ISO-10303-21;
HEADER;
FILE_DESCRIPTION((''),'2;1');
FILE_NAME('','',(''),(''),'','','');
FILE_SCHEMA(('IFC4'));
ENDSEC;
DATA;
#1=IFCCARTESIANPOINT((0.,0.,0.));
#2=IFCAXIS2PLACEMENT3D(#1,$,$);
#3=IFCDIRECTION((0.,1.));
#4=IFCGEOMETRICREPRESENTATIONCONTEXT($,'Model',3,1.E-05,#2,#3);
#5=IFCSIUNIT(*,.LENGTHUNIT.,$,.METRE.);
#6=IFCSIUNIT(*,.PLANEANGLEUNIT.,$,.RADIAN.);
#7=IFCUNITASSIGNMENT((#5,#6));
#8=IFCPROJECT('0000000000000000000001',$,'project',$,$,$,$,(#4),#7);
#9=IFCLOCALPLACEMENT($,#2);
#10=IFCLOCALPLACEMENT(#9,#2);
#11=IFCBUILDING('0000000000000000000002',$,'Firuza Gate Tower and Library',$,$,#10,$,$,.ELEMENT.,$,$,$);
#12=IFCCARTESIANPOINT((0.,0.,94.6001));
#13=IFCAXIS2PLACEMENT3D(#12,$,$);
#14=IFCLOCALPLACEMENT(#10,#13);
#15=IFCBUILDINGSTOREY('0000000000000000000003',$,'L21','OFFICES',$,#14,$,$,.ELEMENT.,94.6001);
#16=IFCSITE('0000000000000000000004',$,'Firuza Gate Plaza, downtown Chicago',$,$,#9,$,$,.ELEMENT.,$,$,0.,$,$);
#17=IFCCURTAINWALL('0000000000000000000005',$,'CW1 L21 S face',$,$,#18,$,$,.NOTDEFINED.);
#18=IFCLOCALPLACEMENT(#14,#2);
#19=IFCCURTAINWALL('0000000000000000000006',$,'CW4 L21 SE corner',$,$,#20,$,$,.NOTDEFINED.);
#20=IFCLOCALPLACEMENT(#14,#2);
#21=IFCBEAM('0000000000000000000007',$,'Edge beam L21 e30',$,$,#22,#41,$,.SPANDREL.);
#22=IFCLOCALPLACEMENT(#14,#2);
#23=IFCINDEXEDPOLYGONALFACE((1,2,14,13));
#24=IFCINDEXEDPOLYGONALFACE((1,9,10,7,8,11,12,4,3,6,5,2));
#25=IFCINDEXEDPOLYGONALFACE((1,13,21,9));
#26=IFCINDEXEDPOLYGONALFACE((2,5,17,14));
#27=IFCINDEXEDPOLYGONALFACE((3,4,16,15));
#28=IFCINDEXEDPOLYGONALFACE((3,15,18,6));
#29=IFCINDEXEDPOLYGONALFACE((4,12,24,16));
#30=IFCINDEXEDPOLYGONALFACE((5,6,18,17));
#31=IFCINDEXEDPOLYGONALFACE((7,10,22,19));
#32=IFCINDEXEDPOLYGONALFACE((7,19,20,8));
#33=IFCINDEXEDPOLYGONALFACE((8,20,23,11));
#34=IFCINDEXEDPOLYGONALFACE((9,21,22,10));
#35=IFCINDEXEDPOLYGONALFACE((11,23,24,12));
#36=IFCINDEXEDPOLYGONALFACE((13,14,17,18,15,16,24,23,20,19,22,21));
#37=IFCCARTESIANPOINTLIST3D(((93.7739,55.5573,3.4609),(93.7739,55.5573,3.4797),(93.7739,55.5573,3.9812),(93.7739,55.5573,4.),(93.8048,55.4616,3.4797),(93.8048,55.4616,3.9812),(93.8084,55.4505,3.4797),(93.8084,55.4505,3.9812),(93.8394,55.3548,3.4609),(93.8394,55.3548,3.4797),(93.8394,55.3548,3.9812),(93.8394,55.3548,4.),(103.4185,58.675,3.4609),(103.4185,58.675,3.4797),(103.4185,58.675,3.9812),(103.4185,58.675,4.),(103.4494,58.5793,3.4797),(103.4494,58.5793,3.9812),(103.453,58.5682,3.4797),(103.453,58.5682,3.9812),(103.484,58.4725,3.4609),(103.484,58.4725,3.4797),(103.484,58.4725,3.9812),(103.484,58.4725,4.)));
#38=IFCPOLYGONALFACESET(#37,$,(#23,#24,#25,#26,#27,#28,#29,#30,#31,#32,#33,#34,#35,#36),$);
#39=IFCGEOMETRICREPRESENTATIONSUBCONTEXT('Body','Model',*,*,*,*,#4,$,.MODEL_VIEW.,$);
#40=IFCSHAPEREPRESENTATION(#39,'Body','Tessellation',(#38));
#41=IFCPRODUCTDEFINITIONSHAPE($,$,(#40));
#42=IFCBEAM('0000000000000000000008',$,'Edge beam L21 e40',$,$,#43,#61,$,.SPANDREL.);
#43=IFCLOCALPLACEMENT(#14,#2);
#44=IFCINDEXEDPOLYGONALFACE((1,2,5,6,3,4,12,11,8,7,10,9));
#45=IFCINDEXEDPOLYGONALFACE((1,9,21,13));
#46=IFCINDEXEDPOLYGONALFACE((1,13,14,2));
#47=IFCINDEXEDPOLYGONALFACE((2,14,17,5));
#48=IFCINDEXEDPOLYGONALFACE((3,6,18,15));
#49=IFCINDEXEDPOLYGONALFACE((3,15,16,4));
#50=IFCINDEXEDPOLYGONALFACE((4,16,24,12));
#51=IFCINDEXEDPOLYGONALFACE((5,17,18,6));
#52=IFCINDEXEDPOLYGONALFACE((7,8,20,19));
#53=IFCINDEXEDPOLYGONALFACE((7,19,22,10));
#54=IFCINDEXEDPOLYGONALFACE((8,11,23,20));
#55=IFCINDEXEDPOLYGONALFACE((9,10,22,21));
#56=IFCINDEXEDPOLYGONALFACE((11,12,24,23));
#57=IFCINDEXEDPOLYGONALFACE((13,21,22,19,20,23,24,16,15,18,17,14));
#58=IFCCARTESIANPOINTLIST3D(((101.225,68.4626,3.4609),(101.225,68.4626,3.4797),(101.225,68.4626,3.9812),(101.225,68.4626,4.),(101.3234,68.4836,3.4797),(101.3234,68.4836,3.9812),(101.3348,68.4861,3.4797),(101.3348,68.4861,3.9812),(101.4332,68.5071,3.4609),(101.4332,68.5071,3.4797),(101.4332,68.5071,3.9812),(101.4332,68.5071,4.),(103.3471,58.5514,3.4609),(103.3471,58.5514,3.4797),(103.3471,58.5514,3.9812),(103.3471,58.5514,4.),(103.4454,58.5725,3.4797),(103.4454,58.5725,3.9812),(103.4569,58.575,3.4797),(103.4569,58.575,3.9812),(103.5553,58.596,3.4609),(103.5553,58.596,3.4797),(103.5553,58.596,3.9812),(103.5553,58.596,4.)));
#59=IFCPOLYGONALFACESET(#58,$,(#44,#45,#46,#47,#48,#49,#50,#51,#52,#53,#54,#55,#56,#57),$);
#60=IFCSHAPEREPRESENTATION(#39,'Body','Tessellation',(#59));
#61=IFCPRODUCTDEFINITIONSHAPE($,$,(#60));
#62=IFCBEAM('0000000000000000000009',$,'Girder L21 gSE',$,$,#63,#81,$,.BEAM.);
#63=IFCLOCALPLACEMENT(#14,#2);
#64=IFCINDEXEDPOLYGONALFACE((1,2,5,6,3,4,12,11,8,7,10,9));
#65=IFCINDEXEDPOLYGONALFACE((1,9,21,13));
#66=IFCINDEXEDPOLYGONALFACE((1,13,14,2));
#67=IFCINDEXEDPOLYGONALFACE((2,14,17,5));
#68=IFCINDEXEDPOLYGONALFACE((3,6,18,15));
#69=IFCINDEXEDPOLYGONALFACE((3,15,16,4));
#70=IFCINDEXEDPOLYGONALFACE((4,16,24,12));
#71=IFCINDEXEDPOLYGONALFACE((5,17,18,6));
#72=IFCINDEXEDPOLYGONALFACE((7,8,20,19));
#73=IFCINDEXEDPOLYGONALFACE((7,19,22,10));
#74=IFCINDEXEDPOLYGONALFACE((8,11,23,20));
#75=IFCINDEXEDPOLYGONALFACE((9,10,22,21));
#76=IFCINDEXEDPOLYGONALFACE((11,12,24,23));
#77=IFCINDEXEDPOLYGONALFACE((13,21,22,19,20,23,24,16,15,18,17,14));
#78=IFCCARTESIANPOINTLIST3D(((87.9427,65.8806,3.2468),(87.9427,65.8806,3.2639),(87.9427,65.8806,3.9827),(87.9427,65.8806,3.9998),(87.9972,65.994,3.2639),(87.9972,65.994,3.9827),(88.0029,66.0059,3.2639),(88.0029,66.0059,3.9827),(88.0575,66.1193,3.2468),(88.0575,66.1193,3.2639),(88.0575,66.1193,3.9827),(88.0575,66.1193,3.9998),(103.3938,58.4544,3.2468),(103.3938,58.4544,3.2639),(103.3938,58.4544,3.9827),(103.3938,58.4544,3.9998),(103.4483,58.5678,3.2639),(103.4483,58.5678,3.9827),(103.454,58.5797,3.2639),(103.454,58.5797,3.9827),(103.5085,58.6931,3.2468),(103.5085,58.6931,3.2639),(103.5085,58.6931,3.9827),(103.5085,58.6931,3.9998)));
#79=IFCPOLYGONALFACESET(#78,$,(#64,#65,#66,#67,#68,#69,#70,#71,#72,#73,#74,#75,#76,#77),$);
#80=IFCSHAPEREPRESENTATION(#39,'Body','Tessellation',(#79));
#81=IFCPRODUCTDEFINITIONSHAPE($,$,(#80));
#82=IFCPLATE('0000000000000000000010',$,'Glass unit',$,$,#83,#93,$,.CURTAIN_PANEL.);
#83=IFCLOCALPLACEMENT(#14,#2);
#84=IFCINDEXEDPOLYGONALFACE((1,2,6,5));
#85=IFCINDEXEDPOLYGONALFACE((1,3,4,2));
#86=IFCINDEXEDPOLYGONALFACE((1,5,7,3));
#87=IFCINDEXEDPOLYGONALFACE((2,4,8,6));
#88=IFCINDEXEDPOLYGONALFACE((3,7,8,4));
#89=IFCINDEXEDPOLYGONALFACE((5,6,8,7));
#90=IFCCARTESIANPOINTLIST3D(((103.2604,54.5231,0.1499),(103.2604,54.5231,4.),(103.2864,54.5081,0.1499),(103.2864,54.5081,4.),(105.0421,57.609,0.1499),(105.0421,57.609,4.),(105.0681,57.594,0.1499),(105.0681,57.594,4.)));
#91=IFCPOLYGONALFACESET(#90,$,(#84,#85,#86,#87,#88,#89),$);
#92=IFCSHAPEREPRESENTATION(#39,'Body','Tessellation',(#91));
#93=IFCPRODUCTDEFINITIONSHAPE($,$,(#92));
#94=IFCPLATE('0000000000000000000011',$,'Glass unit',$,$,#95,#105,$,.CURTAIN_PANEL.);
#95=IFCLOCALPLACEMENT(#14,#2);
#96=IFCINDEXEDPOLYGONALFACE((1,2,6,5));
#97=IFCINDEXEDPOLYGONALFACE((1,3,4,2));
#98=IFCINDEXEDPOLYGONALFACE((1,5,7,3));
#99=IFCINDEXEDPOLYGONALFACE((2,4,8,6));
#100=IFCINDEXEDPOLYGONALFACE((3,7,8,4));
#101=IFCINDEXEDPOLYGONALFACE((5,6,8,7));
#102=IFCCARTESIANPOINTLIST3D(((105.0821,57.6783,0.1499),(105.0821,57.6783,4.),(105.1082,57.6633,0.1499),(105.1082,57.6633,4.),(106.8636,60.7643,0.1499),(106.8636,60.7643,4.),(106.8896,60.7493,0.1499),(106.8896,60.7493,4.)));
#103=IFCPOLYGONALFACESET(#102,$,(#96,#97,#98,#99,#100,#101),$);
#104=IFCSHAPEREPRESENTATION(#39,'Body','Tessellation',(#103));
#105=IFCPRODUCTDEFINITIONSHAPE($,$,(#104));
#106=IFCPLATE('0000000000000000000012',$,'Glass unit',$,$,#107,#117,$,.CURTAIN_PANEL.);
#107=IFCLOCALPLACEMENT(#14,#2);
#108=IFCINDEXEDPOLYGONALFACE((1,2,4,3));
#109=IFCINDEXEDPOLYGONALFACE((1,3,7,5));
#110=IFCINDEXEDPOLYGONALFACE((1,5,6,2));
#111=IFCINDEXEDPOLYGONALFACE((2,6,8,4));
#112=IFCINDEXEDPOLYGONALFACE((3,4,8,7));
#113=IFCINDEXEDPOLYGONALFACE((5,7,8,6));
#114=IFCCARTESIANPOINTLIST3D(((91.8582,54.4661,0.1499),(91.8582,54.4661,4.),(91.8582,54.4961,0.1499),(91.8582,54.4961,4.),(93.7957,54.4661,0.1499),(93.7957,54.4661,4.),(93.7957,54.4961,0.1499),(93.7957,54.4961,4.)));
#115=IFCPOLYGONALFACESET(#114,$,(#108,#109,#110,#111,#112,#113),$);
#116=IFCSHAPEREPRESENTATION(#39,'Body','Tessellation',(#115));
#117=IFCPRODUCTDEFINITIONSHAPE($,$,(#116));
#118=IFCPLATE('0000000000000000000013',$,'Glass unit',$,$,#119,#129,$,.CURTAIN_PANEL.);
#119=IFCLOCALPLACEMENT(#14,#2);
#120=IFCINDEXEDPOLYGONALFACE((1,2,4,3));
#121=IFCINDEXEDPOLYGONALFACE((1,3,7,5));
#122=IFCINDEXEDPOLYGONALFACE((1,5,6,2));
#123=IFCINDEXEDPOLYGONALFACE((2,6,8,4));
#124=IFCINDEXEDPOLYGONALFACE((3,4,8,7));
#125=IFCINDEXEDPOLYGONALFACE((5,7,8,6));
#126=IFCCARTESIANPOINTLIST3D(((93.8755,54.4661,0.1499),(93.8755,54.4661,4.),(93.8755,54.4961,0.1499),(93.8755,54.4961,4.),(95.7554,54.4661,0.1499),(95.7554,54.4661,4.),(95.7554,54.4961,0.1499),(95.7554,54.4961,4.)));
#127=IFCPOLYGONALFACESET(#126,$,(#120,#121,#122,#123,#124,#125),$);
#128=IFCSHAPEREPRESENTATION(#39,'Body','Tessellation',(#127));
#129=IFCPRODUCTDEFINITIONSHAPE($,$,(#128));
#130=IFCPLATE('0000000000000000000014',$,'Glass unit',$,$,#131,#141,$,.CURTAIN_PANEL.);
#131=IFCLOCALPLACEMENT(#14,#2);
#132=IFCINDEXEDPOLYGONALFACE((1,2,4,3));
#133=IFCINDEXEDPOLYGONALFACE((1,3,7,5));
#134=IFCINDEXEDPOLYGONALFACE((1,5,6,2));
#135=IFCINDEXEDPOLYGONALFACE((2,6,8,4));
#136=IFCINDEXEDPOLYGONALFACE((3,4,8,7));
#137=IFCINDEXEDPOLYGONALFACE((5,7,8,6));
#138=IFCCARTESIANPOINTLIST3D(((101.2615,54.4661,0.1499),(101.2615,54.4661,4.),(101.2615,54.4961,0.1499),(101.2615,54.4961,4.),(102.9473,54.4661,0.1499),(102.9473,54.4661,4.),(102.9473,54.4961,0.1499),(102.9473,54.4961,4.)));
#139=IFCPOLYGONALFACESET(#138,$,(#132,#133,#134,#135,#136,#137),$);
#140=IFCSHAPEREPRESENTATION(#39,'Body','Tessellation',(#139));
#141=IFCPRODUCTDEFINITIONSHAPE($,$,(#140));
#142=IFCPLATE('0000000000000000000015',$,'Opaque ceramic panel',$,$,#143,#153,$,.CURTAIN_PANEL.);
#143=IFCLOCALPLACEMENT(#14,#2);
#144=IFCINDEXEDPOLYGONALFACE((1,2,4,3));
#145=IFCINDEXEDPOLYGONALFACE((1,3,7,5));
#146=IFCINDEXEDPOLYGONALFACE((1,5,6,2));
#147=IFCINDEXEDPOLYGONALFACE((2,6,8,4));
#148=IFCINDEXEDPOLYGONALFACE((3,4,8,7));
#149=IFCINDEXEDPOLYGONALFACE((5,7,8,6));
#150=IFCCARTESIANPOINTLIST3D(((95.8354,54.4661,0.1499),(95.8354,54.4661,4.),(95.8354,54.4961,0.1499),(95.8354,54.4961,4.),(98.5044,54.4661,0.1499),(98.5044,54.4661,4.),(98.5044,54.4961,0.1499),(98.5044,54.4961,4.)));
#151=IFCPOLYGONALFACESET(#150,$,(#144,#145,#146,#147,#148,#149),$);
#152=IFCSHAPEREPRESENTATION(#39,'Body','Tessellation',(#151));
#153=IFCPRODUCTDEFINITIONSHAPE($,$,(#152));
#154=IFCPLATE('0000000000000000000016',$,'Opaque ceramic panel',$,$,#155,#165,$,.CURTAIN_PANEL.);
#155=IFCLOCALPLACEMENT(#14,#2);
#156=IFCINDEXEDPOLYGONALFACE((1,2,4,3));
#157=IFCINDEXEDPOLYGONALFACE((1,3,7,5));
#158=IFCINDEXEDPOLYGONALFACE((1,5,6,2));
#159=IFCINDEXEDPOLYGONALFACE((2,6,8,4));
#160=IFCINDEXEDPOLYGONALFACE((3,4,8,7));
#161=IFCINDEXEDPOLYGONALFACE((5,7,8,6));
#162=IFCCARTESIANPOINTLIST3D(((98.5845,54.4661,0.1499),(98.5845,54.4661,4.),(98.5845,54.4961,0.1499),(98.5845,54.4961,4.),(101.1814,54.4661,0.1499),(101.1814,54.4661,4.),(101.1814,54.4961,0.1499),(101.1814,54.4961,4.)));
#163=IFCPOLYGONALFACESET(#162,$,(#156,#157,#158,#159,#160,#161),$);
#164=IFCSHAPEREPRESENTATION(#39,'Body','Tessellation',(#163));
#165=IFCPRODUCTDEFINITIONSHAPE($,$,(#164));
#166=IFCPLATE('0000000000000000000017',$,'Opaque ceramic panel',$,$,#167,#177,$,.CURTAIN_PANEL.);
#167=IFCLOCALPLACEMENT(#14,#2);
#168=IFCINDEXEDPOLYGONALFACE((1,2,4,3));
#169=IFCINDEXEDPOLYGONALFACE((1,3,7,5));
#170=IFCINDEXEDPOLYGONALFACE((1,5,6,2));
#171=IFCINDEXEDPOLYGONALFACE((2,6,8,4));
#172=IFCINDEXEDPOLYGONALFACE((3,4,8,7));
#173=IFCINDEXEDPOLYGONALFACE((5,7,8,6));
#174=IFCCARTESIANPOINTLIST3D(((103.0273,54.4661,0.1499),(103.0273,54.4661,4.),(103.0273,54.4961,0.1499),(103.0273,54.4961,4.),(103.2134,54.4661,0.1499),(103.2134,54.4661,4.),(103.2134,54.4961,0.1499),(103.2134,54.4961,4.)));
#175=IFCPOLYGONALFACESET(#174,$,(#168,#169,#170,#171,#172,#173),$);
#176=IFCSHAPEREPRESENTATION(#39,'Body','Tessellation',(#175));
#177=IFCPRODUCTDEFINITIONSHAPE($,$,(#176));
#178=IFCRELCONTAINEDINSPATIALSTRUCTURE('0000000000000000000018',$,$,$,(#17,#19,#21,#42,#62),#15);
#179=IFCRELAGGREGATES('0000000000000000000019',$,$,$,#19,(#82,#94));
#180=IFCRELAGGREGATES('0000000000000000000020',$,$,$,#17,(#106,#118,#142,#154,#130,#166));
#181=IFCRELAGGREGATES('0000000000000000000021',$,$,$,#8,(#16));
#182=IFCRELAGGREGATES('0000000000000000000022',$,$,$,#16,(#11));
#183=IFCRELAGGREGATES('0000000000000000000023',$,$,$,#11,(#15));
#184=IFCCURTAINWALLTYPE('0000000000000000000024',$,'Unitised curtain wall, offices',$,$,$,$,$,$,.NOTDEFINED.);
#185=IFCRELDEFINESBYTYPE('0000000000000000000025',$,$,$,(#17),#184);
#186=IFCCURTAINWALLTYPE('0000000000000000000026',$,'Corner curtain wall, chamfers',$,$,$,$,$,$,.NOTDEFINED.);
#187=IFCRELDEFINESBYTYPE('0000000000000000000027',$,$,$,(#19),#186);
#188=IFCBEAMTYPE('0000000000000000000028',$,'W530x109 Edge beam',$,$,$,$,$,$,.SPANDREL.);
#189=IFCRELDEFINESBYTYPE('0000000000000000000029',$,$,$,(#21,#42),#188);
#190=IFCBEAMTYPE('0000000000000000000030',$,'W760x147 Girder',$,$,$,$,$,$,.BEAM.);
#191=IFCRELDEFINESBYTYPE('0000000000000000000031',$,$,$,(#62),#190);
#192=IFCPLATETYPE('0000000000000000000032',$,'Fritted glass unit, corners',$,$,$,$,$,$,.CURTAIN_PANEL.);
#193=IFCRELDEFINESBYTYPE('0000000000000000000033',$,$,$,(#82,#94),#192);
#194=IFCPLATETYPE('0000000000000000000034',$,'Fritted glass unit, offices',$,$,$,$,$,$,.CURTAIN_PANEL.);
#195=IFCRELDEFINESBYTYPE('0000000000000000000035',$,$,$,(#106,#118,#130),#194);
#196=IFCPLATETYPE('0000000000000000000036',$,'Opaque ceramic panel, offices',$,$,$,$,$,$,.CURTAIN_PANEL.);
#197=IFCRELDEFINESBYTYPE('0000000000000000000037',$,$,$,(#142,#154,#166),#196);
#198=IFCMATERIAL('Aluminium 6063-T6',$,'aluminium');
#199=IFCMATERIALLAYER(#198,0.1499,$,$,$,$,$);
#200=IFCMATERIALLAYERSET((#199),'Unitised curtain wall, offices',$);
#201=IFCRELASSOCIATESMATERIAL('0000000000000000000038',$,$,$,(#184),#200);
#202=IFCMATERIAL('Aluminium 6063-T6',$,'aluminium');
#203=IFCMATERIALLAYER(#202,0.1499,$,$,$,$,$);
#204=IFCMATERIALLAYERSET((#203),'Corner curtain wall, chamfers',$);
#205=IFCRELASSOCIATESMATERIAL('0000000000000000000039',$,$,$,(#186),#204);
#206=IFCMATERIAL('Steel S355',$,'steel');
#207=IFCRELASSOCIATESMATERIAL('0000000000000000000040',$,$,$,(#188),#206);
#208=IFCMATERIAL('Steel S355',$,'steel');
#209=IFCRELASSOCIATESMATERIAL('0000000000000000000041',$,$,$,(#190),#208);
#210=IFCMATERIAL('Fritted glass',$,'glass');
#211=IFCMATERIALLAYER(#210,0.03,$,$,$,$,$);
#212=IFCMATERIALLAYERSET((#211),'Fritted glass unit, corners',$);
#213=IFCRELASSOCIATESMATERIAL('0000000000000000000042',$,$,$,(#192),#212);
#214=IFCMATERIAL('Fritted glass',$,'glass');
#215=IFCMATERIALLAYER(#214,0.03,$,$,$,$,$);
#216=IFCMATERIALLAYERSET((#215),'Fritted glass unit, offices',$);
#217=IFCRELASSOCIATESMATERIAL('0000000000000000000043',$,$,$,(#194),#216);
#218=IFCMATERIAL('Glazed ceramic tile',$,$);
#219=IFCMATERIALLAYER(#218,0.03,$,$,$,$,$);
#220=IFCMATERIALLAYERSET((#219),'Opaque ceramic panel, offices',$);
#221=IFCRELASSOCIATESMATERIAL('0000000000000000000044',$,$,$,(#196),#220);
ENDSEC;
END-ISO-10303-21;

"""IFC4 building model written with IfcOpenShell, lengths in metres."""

from ifc_helpers import new_model, si_unit, direction, frame, origin, origin_2d, place, context, subcontext, project, spatial, polyline, i_section, outline, extrude, material, layer, layer_set, material_profile, profile_set, type_object, element, aggregate, save


model = new_model("IFC4")

# Units and contexts
model_context = context("Model", 3, precision=1e-05, world=origin(), true_north=direction((0.0, 1.0)))
body_context = subcontext(model_context, "Body", "Model", "MODEL_VIEW")
ifc_project = project(units=[si_unit("LENGTHUNIT", "METRE"), si_unit("PLANEANGLEUNIT", "RADIAN")], contexts=[model_context])

# Site, building, storey
site_placement = place(None, origin())
site = spatial("IfcSite", under=ifc_project, at=site_placement, Name="Firuza Gate Plaza, downtown Chicago", CompositionType="ELEMENT", RefElevation=0.0)
building_placement = place(site_placement, origin())
building = spatial("IfcBuilding", under=site, at=building_placement, Name="Firuza Gate Tower and Library", CompositionType="ELEMENT")
storey_placement = place(building_placement, frame((0.0, 0.0, 94.6001)))
storey = spatial("IfcBuildingStorey", under=building, at=storey_placement, Name="L21", Description="OFFICES", CompositionType="ELEMENT", Elevation=94.6001)

# Curtain walls
ifc_material_1 = material(Name="Aluminium 6063-T6", Category="aluminium")
ifc_layer_1 = layer(ifc_material_1, 0.1499)
ifc_layer_set_1 = layer_set([ifc_layer_1], Name="Unitised curtain wall, offices")
curtain_wall_type_1 = type_object("IfcCurtainWallType", Name="Unitised curtain wall, offices", PredefinedType="NOTDEFINED", material=ifc_layer_set_1)
placement = place(storey_placement, origin())
curtain_wall_1 = element("IfcCurtainWall", 1, at=placement, inside=storey, type_object=curtain_wall_type_1, Name="CW1 L21 S face", PredefinedType="NOTDEFINED")
ifc_material_2 = material(Name="Aluminium 6063-T6", Category="aluminium")
ifc_layer_2 = layer(ifc_material_2, 0.1499)
ifc_layer_set_2 = layer_set([ifc_layer_2], Name="Corner curtain wall, chamfers")
curtain_wall_type_2 = type_object("IfcCurtainWallType", Name="Corner curtain wall, chamfers", PredefinedType="NOTDEFINED", material=ifc_layer_set_2)
curtain_wall_2 = element("IfcCurtainWall", 2, at=placement, inside=storey, type_object=curtain_wall_type_2, Name="CW4 L21 SE corner", PredefinedType="NOTDEFINED")

# Beams
ifc_material_3 = material(Name="Steel S355", Category="steel")
ifc_material_profile_1 = material_profile(ifc_material_3, i_section(OverallWidth=0.2129, OverallDepth=0.5391, WebThickness=0.0117, FlangeThickness=0.0188, at=origin_2d()))
ifc_profile_set_1 = profile_set([ifc_material_profile_1], Name="Steel S355")
beam_type_1 = type_object("IfcBeamType", Name="W530x109 Edge beam", PredefinedType="SPANDREL", material=ifc_profile_set_1)
beam_1_placement = place(storey_placement, frame((93.8066, 55.4561, 3.7305), z_axis=(0.95152, 0.307587, 0.0), x_axis=(-0.307587, 0.95152, 0.0)))
element("IfcBeam", 3, at=beam_1_placement, inside=storey, type_object=beam_type_1, Name="Edge beam L21 e30", PredefinedType="SPANDREL", context=body_context, shape_type="SweptSolid", body=[
    extrude(i_section(OverallWidth=0.2129, OverallDepth=0.5391, WebThickness=0.0117, FlangeThickness=0.0188, at=origin_2d()), origin(), (0.0, 0.0, 1.0), 10.136),
])
beam_2_placement = place(storey_placement, frame((103.4512, 58.5737, 3.7305), z_axis=(-0.209365, 0.977838, 0.0), x_axis=(-0.977838, -0.209365, 0.0)))
element("IfcBeam", 4, at=beam_2_placement, inside=storey, type_object=beam_type_1, Name="Edge beam L21 e40", PredefinedType="SPANDREL", context=body_context, shape_type="SweptSolid", body=[
    extrude(i_section(OverallWidth=0.2129, OverallDepth=0.5391, WebThickness=0.0117, FlangeThickness=0.0188, at=origin_2d()), origin(), (0.0, 0.0, 1.0), 10.1357),
])
ifc_material_4 = material(Name="Steel S355", Category="steel")
ifc_material_profile_2 = material_profile(ifc_material_4, i_section(OverallWidth=0.2649, OverallDepth=0.7529, WebThickness=0.0132, FlangeThickness=0.0171, at=origin_2d()))
ifc_profile_set_2 = profile_set([ifc_material_profile_2], Name="Steel S355")
beam_type_2 = type_object("IfcBeamType", Name="W760x147 Girder", PredefinedType="BEAM", material=ifc_profile_set_2)
beam_3_placement = place(storey_placement, frame((103.4512, 58.5737, 3.6233), z_axis=(-0.901302, 0.433191, 0.0), x_axis=(-0.433191, -0.901302, 0.0)))
element("IfcBeam", 5, at=beam_3_placement, inside=storey, type_object=beam_type_2, Name="Girder L21 gSE", PredefinedType="BEAM", context=body_context, shape_type="SweptSolid", body=[
    extrude(i_section(OverallWidth=0.2649, OverallDepth=0.7529, WebThickness=0.0132, FlangeThickness=0.0171, at=origin_2d()), origin(), (0.0, 0.0, 1.0), 17.1431),
])

# Plates
ifc_material_5 = material(Name="Fritted glass", Category="glass")
ifc_layer_3 = layer(ifc_material_5, 0.03)
ifc_layer_set_3 = layer_set([ifc_layer_3], Name="Fritted glass unit, corners")
plate_type_1 = type_object("IfcPlateType", Name="Fritted glass unit, corners", PredefinedType="CURTAIN_PANEL", material=ifc_layer_set_3)
plate_1_placement = place(storey_placement, frame((103.2864, 54.5081, 0.1499), z_axis=(0.866017, -0.500015, 0.0), x_axis=(0.500015, 0.866017, 0.0)))
plate_1 = element("IfcPlate", 6, at=plate_1_placement, type_object=plate_type_1, Name="Glass unit", PredefinedType="CURTAIN_PANEL", context=body_context, shape_type="SweptSolid", body=[
    extrude(outline(polyline([(0.0, 0.0), (3.5634, 0.0), (3.5634, 3.8501), (0.0, 3.8501), (0.0, 0.0)])), origin(), (0.0, 0.0, -1.0), 0.03),
])
plate_2_placement = place(storey_placement, frame((105.1082, 57.6633, 0.1499), z_axis=(0.866046, -0.499964, 0.0), x_axis=(0.499964, 0.866046, 0.0)))
plate_2 = element("IfcPlate", 7, at=plate_2_placement, type_object=plate_type_1, Name="Glass unit", PredefinedType="CURTAIN_PANEL", context=body_context, shape_type="SweptSolid", body=[
    extrude(outline(polyline([(0.0, 0.0), (3.5632, 0.0), (3.5632, 3.8501), (0.0, 3.8501), (0.0, 0.0)])), origin(), (0.0, 0.0, -1.0), 0.03),
])
aggregate(curtain_wall_2, [plate_1, plate_2])
ifc_material_6 = material(Name="Fritted glass", Category="glass")
ifc_layer_4 = layer(ifc_material_6, 0.03)
ifc_layer_set_4 = layer_set([ifc_layer_4], Name="Fritted glass unit, offices")
plate_type_2 = type_object("IfcPlateType", Name="Fritted glass unit, offices", PredefinedType="CURTAIN_PANEL", material=ifc_layer_set_4)
plate_3_placement = place(storey_placement, frame((91.8582, 54.4661, 0.1499), z_axis=(0.0, -1.0, 0.0), x_axis=(1.0, 0.0, 0.0)))
plate_3 = element("IfcPlate", 8, at=plate_3_placement, type_object=plate_type_2, Name="Glass unit", PredefinedType="CURTAIN_PANEL", context=body_context, shape_type="SweptSolid", body=[
    extrude(outline(polyline([(0.0, 0.0), (1.9375, 0.0), (1.9375, 3.8501), (0.0, 3.8501), (0.0, 0.0)])), origin(), (0.0, 0.0, -1.0), 0.03),
])
plate_4_placement = place(storey_placement, frame((93.8755, 54.4661, 0.1499), z_axis=(0.0, -1.0, 0.0), x_axis=(1.0, 0.0, 0.0)))
plate_4 = element("IfcPlate", 9, at=plate_4_placement, type_object=plate_type_2, Name="Glass unit", PredefinedType="CURTAIN_PANEL", context=body_context, shape_type="SweptSolid", body=[
    extrude(outline(polyline([(0.0, 0.0), (1.8799, 0.0), (1.8799, 3.8501), (0.0, 3.8501), (0.0, 0.0)])), origin(), (0.0, 0.0, -1.0), 0.03),
])
plate_5_placement = place(storey_placement, frame((101.2615, 54.4661, 0.1499), z_axis=(0.0, -1.0, 0.0), x_axis=(1.0, 0.0, 0.0)))
plate_5 = element("IfcPlate", 10, at=plate_5_placement, type_object=plate_type_2, Name="Glass unit", PredefinedType="CURTAIN_PANEL", context=body_context, shape_type="SweptSolid", body=[
    extrude(outline(polyline([(0.0, 0.0), (1.6858, 0.0), (1.6858, 3.8501), (0.0, 3.8501), (0.0, 0.0)])), origin(), (0.0, 0.0, -1.0), 0.03),
])
ifc_material_7 = material(Name="Glazed ceramic tile")
ifc_layer_5 = layer(ifc_material_7, 0.03)
ifc_layer_set_5 = layer_set([ifc_layer_5], Name="Opaque ceramic panel, offices")
plate_type_3 = type_object("IfcPlateType", Name="Opaque ceramic panel, offices", PredefinedType="CURTAIN_PANEL", material=ifc_layer_set_5)
plate_6_placement = place(storey_placement, frame((95.8354, 54.4661, 0.1499), z_axis=(0.0, -1.0, 0.0), x_axis=(1.0, 0.0, 0.0)))
plate_6 = element("IfcPlate", 11, at=plate_6_placement, type_object=plate_type_3, Name="Opaque ceramic panel", PredefinedType="CURTAIN_PANEL", context=body_context, shape_type="SweptSolid", body=[
    extrude(outline(polyline([(0.0, 0.0), (2.6689, 0.0), (2.6689, 3.8501), (0.0, 3.8501), (0.0, 0.0)])), origin(), (0.0, 0.0, -1.0), 0.03),
])
plate_7_placement = place(storey_placement, frame((98.5845, 54.4661, 0.1499), z_axis=(0.0, -1.0, 0.0), x_axis=(1.0, 0.0, 0.0)))
plate_7 = element("IfcPlate", 12, at=plate_7_placement, type_object=plate_type_3, Name="Opaque ceramic panel", PredefinedType="CURTAIN_PANEL", context=body_context, shape_type="SweptSolid", body=[
    extrude(outline(polyline([(0.0, 0.0), (2.5969, 0.0), (2.5969, 3.8501), (0.0, 3.8501), (0.0, 0.0)])), origin(), (0.0, 0.0, -1.0), 0.03),
])
plate_8_placement = place(storey_placement, frame((103.0273, 54.4661, 0.1499), z_axis=(0.0, -1.0, 0.0), x_axis=(1.0, 0.0, 0.0)))
plate_8 = element("IfcPlate", 13, at=plate_8_placement, type_object=plate_type_3, Name="Opaque ceramic panel", PredefinedType="CURTAIN_PANEL", context=body_context, shape_type="SweptSolid", body=[
    extrude(outline(polyline([(0.0, 0.0), (0.186, 0.0), (0.186, 3.8501), (0.0, 3.8501), (0.0, 0.0)])), origin(), (0.0, 0.0, -1.0), 0.03),
])
aggregate(curtain_wall_1, [plate_3, plate_4, plate_6, plate_7, plate_5, plate_8])

save(model, "model.ifc")
